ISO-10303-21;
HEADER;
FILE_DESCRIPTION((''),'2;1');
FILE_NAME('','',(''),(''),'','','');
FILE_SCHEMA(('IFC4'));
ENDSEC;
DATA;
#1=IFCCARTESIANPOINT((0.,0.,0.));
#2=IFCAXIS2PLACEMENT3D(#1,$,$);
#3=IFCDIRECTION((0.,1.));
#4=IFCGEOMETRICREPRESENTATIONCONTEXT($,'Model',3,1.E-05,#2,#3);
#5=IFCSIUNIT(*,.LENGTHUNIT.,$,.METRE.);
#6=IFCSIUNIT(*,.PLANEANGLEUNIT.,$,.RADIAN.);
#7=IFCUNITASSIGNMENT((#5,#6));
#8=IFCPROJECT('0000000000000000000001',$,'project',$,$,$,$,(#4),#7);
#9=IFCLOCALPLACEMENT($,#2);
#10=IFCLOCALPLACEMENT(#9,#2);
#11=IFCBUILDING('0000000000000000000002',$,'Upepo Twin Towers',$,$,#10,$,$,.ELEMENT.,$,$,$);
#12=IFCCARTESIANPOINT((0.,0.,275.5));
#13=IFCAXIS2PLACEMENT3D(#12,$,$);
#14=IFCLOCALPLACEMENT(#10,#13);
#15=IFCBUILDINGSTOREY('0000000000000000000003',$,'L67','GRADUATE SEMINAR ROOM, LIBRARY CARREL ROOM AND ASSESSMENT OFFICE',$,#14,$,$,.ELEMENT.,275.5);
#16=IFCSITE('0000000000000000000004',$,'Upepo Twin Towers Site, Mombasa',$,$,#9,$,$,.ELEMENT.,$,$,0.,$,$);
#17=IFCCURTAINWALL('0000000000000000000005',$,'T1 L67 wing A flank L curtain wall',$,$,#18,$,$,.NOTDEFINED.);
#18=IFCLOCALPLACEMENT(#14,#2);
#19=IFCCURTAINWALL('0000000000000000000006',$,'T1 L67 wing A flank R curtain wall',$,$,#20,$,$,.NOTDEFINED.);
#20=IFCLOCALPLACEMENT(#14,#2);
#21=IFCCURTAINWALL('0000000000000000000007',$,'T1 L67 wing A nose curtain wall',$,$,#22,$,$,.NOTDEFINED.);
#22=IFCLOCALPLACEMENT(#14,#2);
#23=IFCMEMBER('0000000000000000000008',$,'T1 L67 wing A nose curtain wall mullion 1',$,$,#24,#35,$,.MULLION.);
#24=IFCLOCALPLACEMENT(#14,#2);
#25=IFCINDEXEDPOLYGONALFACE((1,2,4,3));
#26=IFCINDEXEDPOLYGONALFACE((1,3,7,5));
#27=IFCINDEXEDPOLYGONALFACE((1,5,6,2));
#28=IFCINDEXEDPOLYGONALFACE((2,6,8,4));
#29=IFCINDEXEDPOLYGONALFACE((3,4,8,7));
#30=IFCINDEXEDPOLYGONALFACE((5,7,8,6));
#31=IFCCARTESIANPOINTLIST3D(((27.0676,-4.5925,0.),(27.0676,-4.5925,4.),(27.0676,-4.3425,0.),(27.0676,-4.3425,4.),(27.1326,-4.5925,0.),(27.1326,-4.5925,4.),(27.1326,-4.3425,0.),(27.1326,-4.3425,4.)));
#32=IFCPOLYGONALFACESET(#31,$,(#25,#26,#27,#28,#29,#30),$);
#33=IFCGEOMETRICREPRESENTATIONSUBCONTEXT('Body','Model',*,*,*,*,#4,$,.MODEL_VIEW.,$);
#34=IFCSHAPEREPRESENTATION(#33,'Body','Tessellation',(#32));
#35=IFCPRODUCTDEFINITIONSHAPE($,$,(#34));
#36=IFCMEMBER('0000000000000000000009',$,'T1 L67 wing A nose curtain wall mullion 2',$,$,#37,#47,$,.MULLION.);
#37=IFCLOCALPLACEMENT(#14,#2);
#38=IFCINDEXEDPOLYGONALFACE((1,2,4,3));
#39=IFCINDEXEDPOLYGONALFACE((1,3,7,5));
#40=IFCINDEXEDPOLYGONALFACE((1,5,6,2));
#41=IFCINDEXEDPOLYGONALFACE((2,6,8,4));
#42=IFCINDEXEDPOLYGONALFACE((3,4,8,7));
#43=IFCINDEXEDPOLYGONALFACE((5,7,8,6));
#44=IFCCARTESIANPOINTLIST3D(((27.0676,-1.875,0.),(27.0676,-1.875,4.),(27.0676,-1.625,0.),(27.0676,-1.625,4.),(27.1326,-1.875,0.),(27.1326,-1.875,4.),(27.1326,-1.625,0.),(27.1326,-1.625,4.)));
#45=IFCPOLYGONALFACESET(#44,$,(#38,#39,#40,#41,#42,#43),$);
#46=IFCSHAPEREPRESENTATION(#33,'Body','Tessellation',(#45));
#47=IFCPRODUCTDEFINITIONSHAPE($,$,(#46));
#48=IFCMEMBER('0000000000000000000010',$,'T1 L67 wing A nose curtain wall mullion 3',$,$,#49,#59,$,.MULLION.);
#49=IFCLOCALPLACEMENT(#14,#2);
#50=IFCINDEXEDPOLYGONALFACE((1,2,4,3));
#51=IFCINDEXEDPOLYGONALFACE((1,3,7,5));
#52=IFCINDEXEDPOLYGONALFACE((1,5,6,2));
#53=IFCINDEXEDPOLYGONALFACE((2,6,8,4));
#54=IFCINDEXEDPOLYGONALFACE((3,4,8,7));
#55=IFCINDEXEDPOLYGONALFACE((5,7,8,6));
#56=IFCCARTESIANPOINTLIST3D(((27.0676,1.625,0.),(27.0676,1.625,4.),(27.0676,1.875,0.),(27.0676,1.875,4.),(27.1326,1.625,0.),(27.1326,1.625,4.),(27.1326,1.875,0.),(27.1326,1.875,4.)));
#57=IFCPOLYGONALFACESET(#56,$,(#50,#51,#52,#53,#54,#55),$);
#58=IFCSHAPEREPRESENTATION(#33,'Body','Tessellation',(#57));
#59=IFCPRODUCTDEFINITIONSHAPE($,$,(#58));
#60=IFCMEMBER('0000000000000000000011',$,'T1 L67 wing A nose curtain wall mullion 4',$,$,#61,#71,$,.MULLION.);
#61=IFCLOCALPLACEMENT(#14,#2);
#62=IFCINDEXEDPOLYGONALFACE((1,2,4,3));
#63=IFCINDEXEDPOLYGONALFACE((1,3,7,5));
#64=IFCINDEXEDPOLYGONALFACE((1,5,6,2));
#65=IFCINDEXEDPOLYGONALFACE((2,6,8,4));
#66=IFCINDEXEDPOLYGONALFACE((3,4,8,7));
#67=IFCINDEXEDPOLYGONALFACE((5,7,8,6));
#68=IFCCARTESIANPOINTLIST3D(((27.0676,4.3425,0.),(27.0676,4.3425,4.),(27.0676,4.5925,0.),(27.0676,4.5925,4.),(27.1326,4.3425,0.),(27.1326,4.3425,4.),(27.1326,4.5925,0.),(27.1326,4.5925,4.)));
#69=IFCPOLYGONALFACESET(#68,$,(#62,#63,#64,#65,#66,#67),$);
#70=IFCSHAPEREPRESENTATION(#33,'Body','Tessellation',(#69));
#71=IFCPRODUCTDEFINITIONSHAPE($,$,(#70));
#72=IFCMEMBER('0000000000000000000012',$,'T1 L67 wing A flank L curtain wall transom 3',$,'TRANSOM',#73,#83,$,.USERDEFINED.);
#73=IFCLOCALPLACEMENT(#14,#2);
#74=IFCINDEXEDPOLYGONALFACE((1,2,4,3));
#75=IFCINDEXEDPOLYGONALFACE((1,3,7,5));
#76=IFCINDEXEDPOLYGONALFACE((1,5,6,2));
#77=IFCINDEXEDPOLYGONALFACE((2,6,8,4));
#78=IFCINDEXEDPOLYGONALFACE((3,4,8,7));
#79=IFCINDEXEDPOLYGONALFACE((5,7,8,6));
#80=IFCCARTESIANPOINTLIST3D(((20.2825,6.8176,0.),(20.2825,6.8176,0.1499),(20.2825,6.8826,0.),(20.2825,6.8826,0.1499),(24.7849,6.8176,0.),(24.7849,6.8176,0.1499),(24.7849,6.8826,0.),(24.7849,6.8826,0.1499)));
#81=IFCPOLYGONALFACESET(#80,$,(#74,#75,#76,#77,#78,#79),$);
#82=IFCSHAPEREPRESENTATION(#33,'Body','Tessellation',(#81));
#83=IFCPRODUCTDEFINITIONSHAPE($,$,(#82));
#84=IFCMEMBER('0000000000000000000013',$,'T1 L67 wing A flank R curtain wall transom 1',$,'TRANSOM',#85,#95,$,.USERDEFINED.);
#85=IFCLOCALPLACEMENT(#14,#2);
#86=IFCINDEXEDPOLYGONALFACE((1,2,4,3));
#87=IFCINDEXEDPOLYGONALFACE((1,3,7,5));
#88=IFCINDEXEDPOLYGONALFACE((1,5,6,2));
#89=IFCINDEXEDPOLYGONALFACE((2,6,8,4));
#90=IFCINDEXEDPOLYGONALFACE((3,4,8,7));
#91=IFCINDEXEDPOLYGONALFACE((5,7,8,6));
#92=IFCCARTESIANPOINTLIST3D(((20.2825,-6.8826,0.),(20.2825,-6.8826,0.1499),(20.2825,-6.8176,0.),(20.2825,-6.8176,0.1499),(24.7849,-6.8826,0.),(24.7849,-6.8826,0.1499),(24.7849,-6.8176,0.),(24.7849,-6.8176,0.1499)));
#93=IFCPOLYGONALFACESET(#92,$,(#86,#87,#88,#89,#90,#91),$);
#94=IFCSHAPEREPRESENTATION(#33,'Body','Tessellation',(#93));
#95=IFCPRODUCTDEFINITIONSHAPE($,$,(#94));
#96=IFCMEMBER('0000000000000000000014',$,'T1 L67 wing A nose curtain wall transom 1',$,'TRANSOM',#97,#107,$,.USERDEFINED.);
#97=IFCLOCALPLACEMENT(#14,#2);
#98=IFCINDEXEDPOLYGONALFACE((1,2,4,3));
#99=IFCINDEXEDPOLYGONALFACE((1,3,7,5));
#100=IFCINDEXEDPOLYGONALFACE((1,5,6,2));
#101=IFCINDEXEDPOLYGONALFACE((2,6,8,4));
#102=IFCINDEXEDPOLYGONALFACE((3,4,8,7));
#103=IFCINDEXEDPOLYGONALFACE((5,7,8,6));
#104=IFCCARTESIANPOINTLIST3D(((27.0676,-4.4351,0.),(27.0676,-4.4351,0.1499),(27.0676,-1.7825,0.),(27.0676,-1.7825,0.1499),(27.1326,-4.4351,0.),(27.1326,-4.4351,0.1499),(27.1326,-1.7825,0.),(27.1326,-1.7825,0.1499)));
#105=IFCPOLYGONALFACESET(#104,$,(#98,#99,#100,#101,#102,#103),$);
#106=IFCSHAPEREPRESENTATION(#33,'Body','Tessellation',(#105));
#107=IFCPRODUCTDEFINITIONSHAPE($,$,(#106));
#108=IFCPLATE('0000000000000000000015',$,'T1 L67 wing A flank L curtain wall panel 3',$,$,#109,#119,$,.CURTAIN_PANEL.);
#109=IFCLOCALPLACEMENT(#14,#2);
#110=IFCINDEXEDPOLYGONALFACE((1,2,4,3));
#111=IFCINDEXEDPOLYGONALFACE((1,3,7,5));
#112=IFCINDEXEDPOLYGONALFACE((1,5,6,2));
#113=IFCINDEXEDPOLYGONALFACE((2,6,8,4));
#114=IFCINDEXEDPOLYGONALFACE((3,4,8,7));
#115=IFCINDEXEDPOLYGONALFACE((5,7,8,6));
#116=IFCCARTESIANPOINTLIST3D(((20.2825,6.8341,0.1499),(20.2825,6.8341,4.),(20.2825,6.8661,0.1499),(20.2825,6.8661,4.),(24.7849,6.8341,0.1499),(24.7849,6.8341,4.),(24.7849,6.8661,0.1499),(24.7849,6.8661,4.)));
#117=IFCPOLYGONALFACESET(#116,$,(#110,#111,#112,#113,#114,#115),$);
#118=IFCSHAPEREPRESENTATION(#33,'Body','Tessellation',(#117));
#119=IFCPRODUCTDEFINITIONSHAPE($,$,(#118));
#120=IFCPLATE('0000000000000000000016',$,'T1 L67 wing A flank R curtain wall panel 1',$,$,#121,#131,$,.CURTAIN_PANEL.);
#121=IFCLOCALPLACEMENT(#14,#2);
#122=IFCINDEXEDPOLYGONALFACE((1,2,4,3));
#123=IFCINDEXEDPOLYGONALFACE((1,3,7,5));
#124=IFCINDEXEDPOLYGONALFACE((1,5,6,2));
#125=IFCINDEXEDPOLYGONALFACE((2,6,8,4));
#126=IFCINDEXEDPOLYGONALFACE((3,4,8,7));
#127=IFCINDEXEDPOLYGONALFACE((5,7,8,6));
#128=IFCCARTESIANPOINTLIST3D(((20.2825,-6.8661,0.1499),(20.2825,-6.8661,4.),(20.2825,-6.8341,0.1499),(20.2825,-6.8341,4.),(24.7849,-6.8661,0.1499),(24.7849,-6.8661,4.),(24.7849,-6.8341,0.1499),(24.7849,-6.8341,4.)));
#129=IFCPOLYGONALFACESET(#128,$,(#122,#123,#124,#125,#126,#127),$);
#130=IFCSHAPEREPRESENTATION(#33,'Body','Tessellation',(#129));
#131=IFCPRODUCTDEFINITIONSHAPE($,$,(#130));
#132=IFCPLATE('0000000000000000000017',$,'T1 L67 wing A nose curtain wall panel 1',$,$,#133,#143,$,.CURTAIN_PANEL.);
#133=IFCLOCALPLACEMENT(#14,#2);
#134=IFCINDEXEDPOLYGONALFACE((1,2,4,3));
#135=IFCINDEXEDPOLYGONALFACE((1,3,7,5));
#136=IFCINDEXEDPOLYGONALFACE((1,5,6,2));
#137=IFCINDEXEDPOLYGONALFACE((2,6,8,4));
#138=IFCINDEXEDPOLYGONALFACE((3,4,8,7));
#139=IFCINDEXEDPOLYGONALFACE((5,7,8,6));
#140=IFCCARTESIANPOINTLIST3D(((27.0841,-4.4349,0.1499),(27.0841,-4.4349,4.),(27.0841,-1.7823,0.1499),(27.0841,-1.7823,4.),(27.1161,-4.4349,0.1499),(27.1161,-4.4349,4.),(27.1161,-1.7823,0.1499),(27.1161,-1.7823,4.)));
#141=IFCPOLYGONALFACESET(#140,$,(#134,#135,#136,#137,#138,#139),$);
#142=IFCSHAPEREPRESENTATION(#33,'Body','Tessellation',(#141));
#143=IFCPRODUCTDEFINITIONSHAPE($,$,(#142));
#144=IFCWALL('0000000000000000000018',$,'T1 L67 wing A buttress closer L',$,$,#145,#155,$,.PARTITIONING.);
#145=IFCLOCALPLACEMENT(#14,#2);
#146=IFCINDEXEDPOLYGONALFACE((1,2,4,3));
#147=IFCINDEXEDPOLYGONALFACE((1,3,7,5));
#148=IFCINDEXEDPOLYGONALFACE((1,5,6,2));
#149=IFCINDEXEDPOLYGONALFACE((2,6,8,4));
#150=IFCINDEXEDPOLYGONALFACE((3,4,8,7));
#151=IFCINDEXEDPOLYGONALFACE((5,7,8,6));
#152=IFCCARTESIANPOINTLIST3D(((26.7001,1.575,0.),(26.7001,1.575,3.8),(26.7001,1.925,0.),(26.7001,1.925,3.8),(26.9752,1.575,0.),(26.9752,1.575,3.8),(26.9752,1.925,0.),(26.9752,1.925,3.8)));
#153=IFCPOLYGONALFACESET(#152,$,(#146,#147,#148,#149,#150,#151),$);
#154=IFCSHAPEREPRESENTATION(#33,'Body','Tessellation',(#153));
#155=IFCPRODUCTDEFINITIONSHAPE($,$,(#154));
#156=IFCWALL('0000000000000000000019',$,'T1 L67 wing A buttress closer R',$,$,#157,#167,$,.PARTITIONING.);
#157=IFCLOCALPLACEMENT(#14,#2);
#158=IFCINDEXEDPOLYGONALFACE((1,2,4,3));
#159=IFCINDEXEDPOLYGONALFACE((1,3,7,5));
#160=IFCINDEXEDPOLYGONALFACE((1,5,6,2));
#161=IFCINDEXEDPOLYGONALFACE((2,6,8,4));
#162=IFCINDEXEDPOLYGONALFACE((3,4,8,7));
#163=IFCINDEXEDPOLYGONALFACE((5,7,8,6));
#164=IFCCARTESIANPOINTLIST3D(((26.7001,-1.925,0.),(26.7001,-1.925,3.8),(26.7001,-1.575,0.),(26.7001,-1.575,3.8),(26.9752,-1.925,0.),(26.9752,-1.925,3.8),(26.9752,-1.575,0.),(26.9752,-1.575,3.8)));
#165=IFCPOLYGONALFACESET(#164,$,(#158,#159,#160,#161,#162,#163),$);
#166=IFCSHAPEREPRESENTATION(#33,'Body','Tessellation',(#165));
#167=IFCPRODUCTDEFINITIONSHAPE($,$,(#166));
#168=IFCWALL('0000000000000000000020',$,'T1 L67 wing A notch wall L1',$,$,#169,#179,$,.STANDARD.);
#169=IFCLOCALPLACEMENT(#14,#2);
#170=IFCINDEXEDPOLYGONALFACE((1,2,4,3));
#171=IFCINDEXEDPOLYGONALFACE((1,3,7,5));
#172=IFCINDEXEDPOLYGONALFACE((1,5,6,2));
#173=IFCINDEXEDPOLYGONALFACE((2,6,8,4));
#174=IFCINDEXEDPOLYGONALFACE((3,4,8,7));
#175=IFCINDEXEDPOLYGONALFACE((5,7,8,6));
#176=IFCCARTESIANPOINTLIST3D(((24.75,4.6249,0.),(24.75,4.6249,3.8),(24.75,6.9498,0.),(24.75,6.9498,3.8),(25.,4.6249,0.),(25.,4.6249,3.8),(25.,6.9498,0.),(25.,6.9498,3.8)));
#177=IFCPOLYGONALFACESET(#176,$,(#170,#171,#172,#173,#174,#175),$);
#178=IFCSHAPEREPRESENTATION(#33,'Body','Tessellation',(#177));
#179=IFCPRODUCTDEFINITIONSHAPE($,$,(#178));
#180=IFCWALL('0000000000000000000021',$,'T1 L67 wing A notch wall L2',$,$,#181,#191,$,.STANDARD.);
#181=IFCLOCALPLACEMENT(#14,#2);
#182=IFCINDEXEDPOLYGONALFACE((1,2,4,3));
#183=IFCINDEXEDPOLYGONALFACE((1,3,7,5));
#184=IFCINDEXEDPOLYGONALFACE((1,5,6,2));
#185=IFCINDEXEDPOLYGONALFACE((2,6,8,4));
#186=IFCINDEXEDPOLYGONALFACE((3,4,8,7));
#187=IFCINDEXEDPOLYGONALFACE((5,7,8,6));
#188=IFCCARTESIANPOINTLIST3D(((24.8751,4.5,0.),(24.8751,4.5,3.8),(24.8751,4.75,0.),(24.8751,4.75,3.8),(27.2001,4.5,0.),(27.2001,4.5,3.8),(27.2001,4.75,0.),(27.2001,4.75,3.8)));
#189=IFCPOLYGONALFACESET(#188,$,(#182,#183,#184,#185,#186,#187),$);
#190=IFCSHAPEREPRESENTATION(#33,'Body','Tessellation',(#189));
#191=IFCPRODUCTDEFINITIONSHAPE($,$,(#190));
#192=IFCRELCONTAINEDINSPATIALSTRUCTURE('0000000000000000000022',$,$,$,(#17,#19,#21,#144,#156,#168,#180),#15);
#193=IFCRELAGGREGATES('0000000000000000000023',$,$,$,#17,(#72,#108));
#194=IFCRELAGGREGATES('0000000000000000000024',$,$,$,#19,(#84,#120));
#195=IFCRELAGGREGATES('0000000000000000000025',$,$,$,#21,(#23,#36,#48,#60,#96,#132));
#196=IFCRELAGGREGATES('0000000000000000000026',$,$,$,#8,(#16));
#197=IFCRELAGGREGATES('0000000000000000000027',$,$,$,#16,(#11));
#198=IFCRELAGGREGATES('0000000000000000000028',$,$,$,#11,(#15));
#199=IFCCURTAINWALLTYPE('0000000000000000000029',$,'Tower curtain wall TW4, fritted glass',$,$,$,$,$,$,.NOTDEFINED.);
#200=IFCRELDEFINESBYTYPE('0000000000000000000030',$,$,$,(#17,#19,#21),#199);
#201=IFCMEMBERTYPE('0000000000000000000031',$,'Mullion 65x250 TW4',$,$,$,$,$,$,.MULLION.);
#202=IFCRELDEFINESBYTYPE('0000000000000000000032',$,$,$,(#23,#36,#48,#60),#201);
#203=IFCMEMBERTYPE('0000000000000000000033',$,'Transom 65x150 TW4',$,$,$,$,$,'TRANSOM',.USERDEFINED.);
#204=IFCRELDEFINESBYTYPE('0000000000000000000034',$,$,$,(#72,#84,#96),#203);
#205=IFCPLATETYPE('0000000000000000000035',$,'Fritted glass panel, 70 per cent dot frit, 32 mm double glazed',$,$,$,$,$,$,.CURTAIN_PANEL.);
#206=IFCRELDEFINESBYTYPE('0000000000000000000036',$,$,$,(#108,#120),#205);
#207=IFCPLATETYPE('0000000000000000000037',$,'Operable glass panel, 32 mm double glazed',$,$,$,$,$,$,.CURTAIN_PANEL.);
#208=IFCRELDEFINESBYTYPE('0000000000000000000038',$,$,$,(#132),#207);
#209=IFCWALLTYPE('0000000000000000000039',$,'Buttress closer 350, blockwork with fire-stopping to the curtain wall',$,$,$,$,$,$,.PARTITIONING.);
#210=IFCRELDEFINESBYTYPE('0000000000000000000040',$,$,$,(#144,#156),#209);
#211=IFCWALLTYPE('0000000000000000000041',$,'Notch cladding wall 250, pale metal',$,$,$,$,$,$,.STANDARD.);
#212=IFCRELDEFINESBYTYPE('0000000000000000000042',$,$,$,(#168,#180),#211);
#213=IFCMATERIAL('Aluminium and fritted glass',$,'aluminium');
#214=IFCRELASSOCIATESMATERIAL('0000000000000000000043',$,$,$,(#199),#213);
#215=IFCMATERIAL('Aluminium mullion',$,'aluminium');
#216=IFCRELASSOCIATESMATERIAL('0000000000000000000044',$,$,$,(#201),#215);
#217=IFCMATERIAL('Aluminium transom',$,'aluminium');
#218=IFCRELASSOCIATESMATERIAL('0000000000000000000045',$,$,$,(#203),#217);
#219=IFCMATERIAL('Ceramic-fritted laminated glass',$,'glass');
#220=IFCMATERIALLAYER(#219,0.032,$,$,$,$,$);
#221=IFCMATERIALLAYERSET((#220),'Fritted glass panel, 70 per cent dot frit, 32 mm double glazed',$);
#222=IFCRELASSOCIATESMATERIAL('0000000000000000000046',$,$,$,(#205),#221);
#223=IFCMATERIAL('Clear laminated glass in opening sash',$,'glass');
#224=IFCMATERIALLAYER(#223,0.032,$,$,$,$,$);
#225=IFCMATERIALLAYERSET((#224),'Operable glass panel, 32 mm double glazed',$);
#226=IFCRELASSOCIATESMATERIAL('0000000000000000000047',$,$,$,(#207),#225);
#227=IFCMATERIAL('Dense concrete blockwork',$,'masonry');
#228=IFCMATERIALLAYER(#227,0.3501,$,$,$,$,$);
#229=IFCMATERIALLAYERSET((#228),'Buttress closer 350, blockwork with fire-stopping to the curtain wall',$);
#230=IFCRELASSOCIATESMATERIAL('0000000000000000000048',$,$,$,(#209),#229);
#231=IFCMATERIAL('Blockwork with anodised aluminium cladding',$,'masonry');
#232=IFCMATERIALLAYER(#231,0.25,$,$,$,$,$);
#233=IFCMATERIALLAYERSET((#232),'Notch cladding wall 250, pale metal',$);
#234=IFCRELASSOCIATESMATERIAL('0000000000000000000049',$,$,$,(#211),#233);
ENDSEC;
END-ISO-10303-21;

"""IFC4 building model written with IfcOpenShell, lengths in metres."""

from ifc_helpers import new_model, si_unit, direction, frame, frame_2d, origin, origin_2d, place, context, subcontext, project, spatial, rectangle, extrude, material, layer, layer_set, material_profile, profile_set, type_object, element, aggregate, save


model = new_model("IFC4")

# Units and contexts
model_context = context("Model", 3, precision=1e-05, world=origin(), true_north=direction((0.0, 1.0)))
body_context = subcontext(model_context, "Body", "Model", "MODEL_VIEW")
ifc_project = project(units=[si_unit("LENGTHUNIT", "METRE"), si_unit("PLANEANGLEUNIT", "RADIAN")], contexts=[model_context])

# Site, building, storey
site_placement = place(None, origin())
site = spatial("IfcSite", under=ifc_project, at=site_placement, Name="Upepo Twin Towers Site, Mombasa", CompositionType="ELEMENT", RefElevation=0.0)
building_placement = place(site_placement, origin())
building = spatial("IfcBuilding", under=site, at=building_placement, Name="Upepo Twin Towers", CompositionType="ELEMENT")
storey_placement = place(building_placement, frame((0.0, 0.0, 275.5)))
storey = spatial("IfcBuildingStorey", under=building, at=storey_placement, Name="L67", Description="GRADUATE SEMINAR ROOM, LIBRARY CARREL ROOM AND ASSESSMENT OFFICE", CompositionType="ELEMENT", Elevation=275.5)

# Curtain walls, members
ifc_material_1 = material(Name="Aluminium and fritted glass", Category="aluminium")
curtain_wall_type = type_object("IfcCurtainWallType", Name="Tower curtain wall TW4, fritted glass", PredefinedType="NOTDEFINED", material=ifc_material_1)
curtain_wall_1_placement = place(storey_placement, origin())
curtain_wall_1 = element("IfcCurtainWall", 1, at=curtain_wall_1_placement, inside=storey, type_object=curtain_wall_type, Name="T1 L67 wing A flank L curtain wall", PredefinedType="NOTDEFINED")
ifc_material_2 = material(Name="Aluminium mullion", Category="aluminium")
ifc_material_profile_1 = material_profile(ifc_material_2, rectangle(XDim=0.0649, YDim=0.25, at=origin_2d()), Name="MULLION 65x250")
ifc_profile_set_1 = profile_set([ifc_material_profile_1], Name="Aluminium mullion")
member_type_1 = type_object("IfcMemberType", Name="Mullion 65x250 TW4", PredefinedType="MULLION", material=ifc_profile_set_1)
curtain_wall_2_placement = place(storey_placement, origin())
curtain_wall_2 = element("IfcCurtainWall", 2, at=curtain_wall_2_placement, inside=storey, type_object=curtain_wall_type, Name="T1 L67 wing A flank R curtain wall", PredefinedType="NOTDEFINED")
curtain_wall_3_placement = place(storey_placement, origin())
curtain_wall_3 = element("IfcCurtainWall", 3, at=curtain_wall_3_placement, inside=storey, type_object=curtain_wall_type, Name="T1 L67 wing A nose curtain wall", PredefinedType="NOTDEFINED")
member_1_placement = place(storey_placement, frame((27.1001, -4.4675, 0.0), z_axis=(0.0, 0.0, 1.0), x_axis=(-1.0, 0.0, 0.0)))
member_1 = element("IfcMember", 4, at=member_1_placement, type_object=member_type_1, Name="T1 L67 wing A nose curtain wall mullion 1", PredefinedType="MULLION", context=body_context, shape_type="SweptSolid", body=[
    extrude(rectangle(XDim=0.0649, YDim=0.25, at=origin_2d()), origin(), (0.0, 0.0, 1.0), 4.0),
])
member_2_placement = place(storey_placement, frame((27.1001, -1.75, 0.0), z_axis=(0.0, 0.0, 1.0), x_axis=(-1.0, 0.0, 0.0)))
member_2 = element("IfcMember", 5, at=member_2_placement, type_object=member_type_1, Name="T1 L67 wing A nose curtain wall mullion 2", PredefinedType="MULLION", context=body_context, shape_type="SweptSolid", body=[
    extrude(rectangle(XDim=0.0649, YDim=0.25, at=origin_2d()), origin(), (0.0, 0.0, 1.0), 4.0),
])
member_3_placement = place(storey_placement, frame((27.1001, 1.75, 0.0), z_axis=(0.0, 0.0, 1.0), x_axis=(-1.0, 0.0, 0.0)))
member_3 = element("IfcMember", 6, at=member_3_placement, type_object=member_type_1, Name="T1 L67 wing A nose curtain wall mullion 3", PredefinedType="MULLION", context=body_context, shape_type="SweptSolid", body=[
    extrude(rectangle(XDim=0.0649, YDim=0.25, at=origin_2d()), origin(), (0.0, 0.0, 1.0), 4.0),
])
member_4_placement = place(storey_placement, frame((27.1001, 4.4675, 0.0), z_axis=(0.0, 0.0, 1.0), x_axis=(-1.0, 0.0, 0.0)))
member_4 = element("IfcMember", 7, at=member_4_placement, type_object=member_type_1, Name="T1 L67 wing A nose curtain wall mullion 4", PredefinedType="MULLION", context=body_context, shape_type="SweptSolid", body=[
    extrude(rectangle(XDim=0.0649, YDim=0.25, at=origin_2d()), origin(), (0.0, 0.0, 1.0), 4.0),
])

# Members
ifc_material_3 = material(Name="Aluminium transom", Category="aluminium")
ifc_material_profile_2 = material_profile(ifc_material_3, rectangle(XDim=0.0649, YDim=0.1499, at=origin_2d()), Name="TRANSOM 65x150")
ifc_profile_set_2 = profile_set([ifc_material_profile_2], Name="Aluminium transom")
member_type_2 = type_object("IfcMemberType", Name="Transom 65x150 TW4", ElementType="TRANSOM", PredefinedType="USERDEFINED", material=ifc_profile_set_2)
member_5_placement = place(storey_placement, frame((20.2825, 6.8501, 0.075), z_axis=(1.0, 0.0, 0.0), x_axis=(0.0, 1.0, 0.0)))
member_5 = element("IfcMember", 8, at=member_5_placement, type_object=member_type_2, Name="T1 L67 wing A flank L curtain wall transom 3", ObjectType="TRANSOM", PredefinedType="USERDEFINED", context=body_context, shape_type="SweptSolid", body=[
    extrude(rectangle(XDim=0.0649, YDim=0.1499, at=origin_2d()), origin(), (0.0, 0.0, 1.0), 4.5024),
])
member_6_placement = place(storey_placement, frame((24.7849, -6.8501, 0.075), z_axis=(-1.0, 0.0, 0.0), x_axis=(0.0, -1.0, 0.0)))
member_6 = element("IfcMember", 9, at=member_6_placement, type_object=member_type_2, Name="T1 L67 wing A flank R curtain wall transom 1", ObjectType="TRANSOM", PredefinedType="USERDEFINED", context=body_context, shape_type="SweptSolid", body=[
    extrude(rectangle(XDim=0.0649, YDim=0.1499, at=origin_2d()), origin(), (0.0, 0.0, 1.0), 4.5024),
])
member_7_placement = place(storey_placement, frame((27.1001, -4.4351, 0.075), z_axis=(0.0, 1.0, 0.0), x_axis=(-1.0, 0.0, 0.0)))
member_7 = element("IfcMember", 10, at=member_7_placement, type_object=member_type_2, Name="T1 L67 wing A nose curtain wall transom 1", ObjectType="TRANSOM", PredefinedType="USERDEFINED", context=body_context, shape_type="SweptSolid", body=[
    extrude(rectangle(XDim=0.0649, YDim=0.1499, at=origin_2d()), origin(), (0.0, 0.0, 1.0), 2.6526),
])

# Plates
ifc_material_4 = material(Name="Ceramic-fritted laminated glass", Category="glass")
ifc_layer_1 = layer(ifc_material_4, 0.032)
ifc_layer_set_1 = layer_set([ifc_layer_1], Name="Fritted glass panel, 70 per cent dot frit, 32 mm double glazed")
plate_type_1 = type_object("IfcPlateType", Name="Fritted glass panel, 70 per cent dot frit, 32 mm double glazed", PredefinedType="CURTAIN_PANEL", material=ifc_layer_set_1)
plate_1_placement = place(storey_placement, frame((22.5337, 6.8501, 0.1499), z_axis=(0.0, 0.0, 1.0), x_axis=(1.0, 0.0, 0.0)))
plate_1 = element("IfcPlate", 11, at=plate_1_placement, type_object=plate_type_1, Name="T1 L67 wing A flank L curtain wall panel 3", PredefinedType="CURTAIN_PANEL", context=body_context, shape_type="SweptSolid", body=[
    extrude(rectangle(XDim=4.5024, YDim=0.032, at=origin_2d()), origin(), (0.0, 0.0, 1.0), 3.8501),
])
aggregate(curtain_wall_1, [member_5, plate_1])
plate_2_placement = place(storey_placement, frame((22.5337, -6.8501, 0.1499), z_axis=(0.0, 0.0, 1.0), x_axis=(-1.0, 0.0, 0.0)))
plate_2 = element("IfcPlate", 12, at=plate_2_placement, type_object=plate_type_1, Name="T1 L67 wing A flank R curtain wall panel 1", PredefinedType="CURTAIN_PANEL", context=body_context, shape_type="SweptSolid", body=[
    extrude(rectangle(XDim=4.5024, YDim=0.032, at=origin_2d()), origin(), (0.0, 0.0, 1.0), 3.8501),
])
aggregate(curtain_wall_2, [member_6, plate_2])
ifc_material_5 = material(Name="Clear laminated glass in opening sash", Category="glass")
ifc_layer_2 = layer(ifc_material_5, 0.032)
ifc_layer_set_2 = layer_set([ifc_layer_2], Name="Operable glass panel, 32 mm double glazed")
plate_type_2 = type_object("IfcPlateType", Name="Operable glass panel, 32 mm double glazed", PredefinedType="CURTAIN_PANEL", material=ifc_layer_set_2)
plate_3_placement = place(storey_placement, frame((27.1001, -3.1086, 0.1499), z_axis=(0.0, 0.0, 1.0), x_axis=(0.0, 1.0, 0.0)))
plate_3 = element("IfcPlate", 13, at=plate_3_placement, type_object=plate_type_2, Name="T1 L67 wing A nose curtain wall panel 1", PredefinedType="CURTAIN_PANEL", context=body_context, shape_type="SweptSolid", body=[
    extrude(rectangle(XDim=2.6526, YDim=0.032, at=origin_2d()), origin(), (0.0, 0.0, 1.0), 3.8501),
])
aggregate(curtain_wall_3, [member_1, member_2, member_3, member_4, member_7, plate_3])

# Walls
ifc_material_6 = material(Name="Dense concrete blockwork", Category="masonry")
ifc_layer_3 = layer(ifc_material_6, 0.3501)
ifc_layer_set_3 = layer_set([ifc_layer_3], Name="Buttress closer 350, blockwork with fire-stopping to the curtain wall")
wall_type_1 = type_object("IfcWallType", Name="Buttress closer 350, blockwork with fire-stopping to the curtain wall", PredefinedType="PARTITIONING", material=ifc_layer_set_3)
for number, where, z_axis, x_axis, name in (
    (14, (26.7, 1.75, 0.0), (0.0, 0.0, 1.0), (1.0, 0.0, 0.0), "T1 L67 wing A buttress closer L"),
    (15, (26.7, -1.75, 0.0), (0.0, 0.0, 1.0), (1.0, 0.0, 0.0), "T1 L67 wing A buttress closer R"),
):
    element("IfcWall", number, at=place(storey_placement, frame(where, z_axis=z_axis, x_axis=x_axis)), inside=storey, type_object=wall_type_1, Name=name, PredefinedType="PARTITIONING", context=body_context, shape_type="SweptSolid", body=[
        extrude(rectangle(XDim=0.2751, YDim=0.3501, at=frame_2d((0.1377, 0.0))), origin(), (0.0, 0.0, 1.0), 3.8),
    ])
ifc_material_7 = material(Name="Blockwork with anodised aluminium cladding", Category="masonry")
ifc_layer_4 = layer(ifc_material_7, 0.25)
ifc_layer_set_4 = layer_set([ifc_layer_4], Name="Notch cladding wall 250, pale metal")
wall_type_2 = type_object("IfcWallType", Name="Notch cladding wall 250, pale metal", PredefinedType="STANDARD", material=ifc_layer_set_4)
for number, where, z_axis, x_axis, name in (
    (16, (24.875, 6.95, 0.0), (0.0, 0.0, 1.0), (0.0, -1.0, 0.0), "T1 L67 wing A notch wall L1"),
    (17, (24.875, 4.625, 0.0), (0.0, 0.0, 1.0), (1.0, 0.0, 0.0), "T1 L67 wing A notch wall L2"),
):
    element("IfcWall", number, at=place(storey_placement, frame(where, z_axis=z_axis, x_axis=x_axis)), inside=storey, type_object=wall_type_2, Name=name, PredefinedType="STANDARD", context=body_context, shape_type="SweptSolid", body=[
        extrude(rectangle(XDim=2.325, YDim=0.25, at=frame_2d((1.1626, 0.0))), origin(), (0.0, 0.0, 1.0), 3.8),
    ])

save(model, "model.ifc")
